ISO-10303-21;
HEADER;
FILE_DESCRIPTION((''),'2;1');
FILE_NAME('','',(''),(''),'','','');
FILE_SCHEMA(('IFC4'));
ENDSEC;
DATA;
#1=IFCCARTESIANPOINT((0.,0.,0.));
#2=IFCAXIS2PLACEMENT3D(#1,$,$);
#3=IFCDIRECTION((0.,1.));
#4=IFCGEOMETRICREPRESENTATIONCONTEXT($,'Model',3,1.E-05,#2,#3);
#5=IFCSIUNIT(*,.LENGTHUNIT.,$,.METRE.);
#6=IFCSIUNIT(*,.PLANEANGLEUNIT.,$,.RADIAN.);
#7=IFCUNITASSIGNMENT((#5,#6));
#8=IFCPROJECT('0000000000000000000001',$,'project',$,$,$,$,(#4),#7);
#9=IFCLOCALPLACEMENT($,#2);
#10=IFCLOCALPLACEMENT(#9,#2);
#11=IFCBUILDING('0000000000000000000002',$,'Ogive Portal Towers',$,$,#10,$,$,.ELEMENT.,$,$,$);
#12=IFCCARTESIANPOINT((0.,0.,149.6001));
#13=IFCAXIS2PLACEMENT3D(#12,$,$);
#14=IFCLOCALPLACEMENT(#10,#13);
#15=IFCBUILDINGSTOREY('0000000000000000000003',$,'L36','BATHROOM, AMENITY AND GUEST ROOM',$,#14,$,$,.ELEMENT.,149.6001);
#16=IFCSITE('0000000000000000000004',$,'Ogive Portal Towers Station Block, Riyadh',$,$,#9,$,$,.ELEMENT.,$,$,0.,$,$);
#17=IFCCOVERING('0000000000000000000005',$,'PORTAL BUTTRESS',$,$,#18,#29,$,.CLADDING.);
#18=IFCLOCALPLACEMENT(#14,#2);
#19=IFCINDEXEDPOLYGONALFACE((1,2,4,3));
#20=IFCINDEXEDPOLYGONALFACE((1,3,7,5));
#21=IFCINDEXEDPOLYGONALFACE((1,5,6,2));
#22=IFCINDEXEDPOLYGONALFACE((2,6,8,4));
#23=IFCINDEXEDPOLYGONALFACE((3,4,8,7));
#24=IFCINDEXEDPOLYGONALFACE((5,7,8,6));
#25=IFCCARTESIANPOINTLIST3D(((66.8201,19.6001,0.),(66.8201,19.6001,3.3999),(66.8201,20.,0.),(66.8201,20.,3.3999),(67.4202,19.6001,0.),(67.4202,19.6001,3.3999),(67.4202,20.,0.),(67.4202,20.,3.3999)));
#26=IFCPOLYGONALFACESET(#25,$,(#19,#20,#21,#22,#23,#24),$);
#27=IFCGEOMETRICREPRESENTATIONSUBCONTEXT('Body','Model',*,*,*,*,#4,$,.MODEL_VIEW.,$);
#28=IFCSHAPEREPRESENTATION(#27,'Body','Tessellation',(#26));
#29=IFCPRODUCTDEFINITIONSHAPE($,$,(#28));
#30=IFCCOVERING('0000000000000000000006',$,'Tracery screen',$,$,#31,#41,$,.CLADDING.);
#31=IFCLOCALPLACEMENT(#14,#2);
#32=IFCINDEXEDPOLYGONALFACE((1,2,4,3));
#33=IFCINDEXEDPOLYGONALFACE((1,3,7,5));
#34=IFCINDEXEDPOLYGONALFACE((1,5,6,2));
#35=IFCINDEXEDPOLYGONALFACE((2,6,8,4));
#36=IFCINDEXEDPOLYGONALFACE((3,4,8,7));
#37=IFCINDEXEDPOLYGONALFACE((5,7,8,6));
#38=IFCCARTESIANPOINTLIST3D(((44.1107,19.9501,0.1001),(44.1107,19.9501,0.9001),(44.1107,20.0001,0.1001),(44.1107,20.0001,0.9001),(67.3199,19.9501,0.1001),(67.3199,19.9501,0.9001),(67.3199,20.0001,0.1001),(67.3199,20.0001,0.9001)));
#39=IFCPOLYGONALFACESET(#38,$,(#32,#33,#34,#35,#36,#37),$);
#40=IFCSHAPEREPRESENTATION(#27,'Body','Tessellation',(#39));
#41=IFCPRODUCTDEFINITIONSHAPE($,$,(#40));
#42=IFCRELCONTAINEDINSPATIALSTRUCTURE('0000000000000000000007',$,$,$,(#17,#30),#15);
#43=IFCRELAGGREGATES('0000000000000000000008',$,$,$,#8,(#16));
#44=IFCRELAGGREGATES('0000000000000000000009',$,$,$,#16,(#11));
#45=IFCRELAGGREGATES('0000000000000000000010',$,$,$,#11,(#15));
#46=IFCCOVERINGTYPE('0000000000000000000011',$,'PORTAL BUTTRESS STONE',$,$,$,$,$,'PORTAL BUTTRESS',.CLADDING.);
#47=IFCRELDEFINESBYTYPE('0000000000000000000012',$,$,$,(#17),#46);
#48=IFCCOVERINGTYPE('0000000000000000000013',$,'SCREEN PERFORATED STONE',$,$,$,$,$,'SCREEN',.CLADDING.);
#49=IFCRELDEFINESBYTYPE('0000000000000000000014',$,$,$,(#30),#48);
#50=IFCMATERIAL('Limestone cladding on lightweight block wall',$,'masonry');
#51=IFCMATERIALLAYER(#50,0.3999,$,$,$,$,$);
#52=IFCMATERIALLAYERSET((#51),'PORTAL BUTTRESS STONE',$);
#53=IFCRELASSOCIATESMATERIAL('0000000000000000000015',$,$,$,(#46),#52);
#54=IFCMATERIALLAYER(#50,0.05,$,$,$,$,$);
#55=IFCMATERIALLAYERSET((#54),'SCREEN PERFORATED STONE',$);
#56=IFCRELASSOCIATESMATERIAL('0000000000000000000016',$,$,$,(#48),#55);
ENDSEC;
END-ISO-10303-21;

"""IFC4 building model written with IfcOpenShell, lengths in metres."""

from ifc_helpers import new_model, si_unit, direction, frame, origin, origin_2d, place, context, subcontext, project, spatial, rectangle, extrude, material, layer, layer_set, type_object, element, save


model = new_model("IFC4")

# Units and contexts
model_context = context("Model", 3, precision=1e-05, world=origin(), true_north=direction((0.0, 1.0)))
body_context = subcontext(model_context, "Body", "Model", "MODEL_VIEW")
ifc_project = project(units=[si_unit("LENGTHUNIT", "METRE"), si_unit("PLANEANGLEUNIT", "RADIAN")], contexts=[model_context])

# Site, building, storey
site_placement = place(None, origin())
site = spatial("IfcSite", under=ifc_project, at=site_placement, Name="Ogive Portal Towers Station Block, Riyadh", CompositionType="ELEMENT", RefElevation=0.0)
building_placement = place(site_placement, origin())
building = spatial("IfcBuilding", under=site, at=building_placement, Name="Ogive Portal Towers", CompositionType="ELEMENT")
storey_placement = place(building_placement, frame((0.0, 0.0, 149.6001)))
storey = spatial("IfcBuildingStorey", under=building, at=storey_placement, Name="L36", Description="BATHROOM, AMENITY AND GUEST ROOM", CompositionType="ELEMENT", Elevation=149.6001)

# Coverings
ifc_material_1 = material(Name="Limestone cladding on lightweight block wall", Category="masonry")
ifc_layer_1 = layer(ifc_material_1, 0.3999)
ifc_layer_set_1 = layer_set([ifc_layer_1], Name="PORTAL BUTTRESS STONE")
covering_type_1 = type_object("IfcCoveringType", Name="PORTAL BUTTRESS STONE", ElementType="PORTAL BUTTRESS", PredefinedType="CLADDING", material=ifc_layer_set_1)
covering_1_placement = place(storey_placement, frame((67.1201, 19.8, 0.0), z_axis=(0.0, 0.0, 1.0), x_axis=(1.0, 0.0, 0.0)))
element("IfcCovering", 1, at=covering_1_placement, inside=storey, type_object=covering_type_1, Name="PORTAL BUTTRESS", PredefinedType="CLADDING", context=body_context, shape_type="SweptSolid", body=[
    extrude(rectangle(XDim=0.6001, YDim=0.3999, at=origin_2d()), origin(), (0.0, 0.0, 1.0), 3.3999),
])
ifc_layer_2 = layer(ifc_material_1, 0.05)
ifc_layer_set_2 = layer_set([ifc_layer_2], Name="SCREEN PERFORATED STONE")
covering_type_2 = type_object("IfcCoveringType", Name="SCREEN PERFORATED STONE", ElementType="SCREEN", PredefinedType="CLADDING", material=ifc_layer_set_2)
covering_2_placement = place(storey_placement, frame((55.7153, 19.9751, 0.1001), z_axis=(0.0, 0.0, 1.0), x_axis=(1.0, 0.0, 0.0)))
element("IfcCovering", 2, at=covering_2_placement, inside=storey, type_object=covering_type_2, Name="Tracery screen", PredefinedType="CLADDING", context=body_context, shape_type="SweptSolid", body=[
    extrude(rectangle(XDim=23.2092, YDim=0.05, at=origin_2d()), origin(), (0.0, 0.0, 1.0), 0.8),
])

save(model, "model.ifc")
